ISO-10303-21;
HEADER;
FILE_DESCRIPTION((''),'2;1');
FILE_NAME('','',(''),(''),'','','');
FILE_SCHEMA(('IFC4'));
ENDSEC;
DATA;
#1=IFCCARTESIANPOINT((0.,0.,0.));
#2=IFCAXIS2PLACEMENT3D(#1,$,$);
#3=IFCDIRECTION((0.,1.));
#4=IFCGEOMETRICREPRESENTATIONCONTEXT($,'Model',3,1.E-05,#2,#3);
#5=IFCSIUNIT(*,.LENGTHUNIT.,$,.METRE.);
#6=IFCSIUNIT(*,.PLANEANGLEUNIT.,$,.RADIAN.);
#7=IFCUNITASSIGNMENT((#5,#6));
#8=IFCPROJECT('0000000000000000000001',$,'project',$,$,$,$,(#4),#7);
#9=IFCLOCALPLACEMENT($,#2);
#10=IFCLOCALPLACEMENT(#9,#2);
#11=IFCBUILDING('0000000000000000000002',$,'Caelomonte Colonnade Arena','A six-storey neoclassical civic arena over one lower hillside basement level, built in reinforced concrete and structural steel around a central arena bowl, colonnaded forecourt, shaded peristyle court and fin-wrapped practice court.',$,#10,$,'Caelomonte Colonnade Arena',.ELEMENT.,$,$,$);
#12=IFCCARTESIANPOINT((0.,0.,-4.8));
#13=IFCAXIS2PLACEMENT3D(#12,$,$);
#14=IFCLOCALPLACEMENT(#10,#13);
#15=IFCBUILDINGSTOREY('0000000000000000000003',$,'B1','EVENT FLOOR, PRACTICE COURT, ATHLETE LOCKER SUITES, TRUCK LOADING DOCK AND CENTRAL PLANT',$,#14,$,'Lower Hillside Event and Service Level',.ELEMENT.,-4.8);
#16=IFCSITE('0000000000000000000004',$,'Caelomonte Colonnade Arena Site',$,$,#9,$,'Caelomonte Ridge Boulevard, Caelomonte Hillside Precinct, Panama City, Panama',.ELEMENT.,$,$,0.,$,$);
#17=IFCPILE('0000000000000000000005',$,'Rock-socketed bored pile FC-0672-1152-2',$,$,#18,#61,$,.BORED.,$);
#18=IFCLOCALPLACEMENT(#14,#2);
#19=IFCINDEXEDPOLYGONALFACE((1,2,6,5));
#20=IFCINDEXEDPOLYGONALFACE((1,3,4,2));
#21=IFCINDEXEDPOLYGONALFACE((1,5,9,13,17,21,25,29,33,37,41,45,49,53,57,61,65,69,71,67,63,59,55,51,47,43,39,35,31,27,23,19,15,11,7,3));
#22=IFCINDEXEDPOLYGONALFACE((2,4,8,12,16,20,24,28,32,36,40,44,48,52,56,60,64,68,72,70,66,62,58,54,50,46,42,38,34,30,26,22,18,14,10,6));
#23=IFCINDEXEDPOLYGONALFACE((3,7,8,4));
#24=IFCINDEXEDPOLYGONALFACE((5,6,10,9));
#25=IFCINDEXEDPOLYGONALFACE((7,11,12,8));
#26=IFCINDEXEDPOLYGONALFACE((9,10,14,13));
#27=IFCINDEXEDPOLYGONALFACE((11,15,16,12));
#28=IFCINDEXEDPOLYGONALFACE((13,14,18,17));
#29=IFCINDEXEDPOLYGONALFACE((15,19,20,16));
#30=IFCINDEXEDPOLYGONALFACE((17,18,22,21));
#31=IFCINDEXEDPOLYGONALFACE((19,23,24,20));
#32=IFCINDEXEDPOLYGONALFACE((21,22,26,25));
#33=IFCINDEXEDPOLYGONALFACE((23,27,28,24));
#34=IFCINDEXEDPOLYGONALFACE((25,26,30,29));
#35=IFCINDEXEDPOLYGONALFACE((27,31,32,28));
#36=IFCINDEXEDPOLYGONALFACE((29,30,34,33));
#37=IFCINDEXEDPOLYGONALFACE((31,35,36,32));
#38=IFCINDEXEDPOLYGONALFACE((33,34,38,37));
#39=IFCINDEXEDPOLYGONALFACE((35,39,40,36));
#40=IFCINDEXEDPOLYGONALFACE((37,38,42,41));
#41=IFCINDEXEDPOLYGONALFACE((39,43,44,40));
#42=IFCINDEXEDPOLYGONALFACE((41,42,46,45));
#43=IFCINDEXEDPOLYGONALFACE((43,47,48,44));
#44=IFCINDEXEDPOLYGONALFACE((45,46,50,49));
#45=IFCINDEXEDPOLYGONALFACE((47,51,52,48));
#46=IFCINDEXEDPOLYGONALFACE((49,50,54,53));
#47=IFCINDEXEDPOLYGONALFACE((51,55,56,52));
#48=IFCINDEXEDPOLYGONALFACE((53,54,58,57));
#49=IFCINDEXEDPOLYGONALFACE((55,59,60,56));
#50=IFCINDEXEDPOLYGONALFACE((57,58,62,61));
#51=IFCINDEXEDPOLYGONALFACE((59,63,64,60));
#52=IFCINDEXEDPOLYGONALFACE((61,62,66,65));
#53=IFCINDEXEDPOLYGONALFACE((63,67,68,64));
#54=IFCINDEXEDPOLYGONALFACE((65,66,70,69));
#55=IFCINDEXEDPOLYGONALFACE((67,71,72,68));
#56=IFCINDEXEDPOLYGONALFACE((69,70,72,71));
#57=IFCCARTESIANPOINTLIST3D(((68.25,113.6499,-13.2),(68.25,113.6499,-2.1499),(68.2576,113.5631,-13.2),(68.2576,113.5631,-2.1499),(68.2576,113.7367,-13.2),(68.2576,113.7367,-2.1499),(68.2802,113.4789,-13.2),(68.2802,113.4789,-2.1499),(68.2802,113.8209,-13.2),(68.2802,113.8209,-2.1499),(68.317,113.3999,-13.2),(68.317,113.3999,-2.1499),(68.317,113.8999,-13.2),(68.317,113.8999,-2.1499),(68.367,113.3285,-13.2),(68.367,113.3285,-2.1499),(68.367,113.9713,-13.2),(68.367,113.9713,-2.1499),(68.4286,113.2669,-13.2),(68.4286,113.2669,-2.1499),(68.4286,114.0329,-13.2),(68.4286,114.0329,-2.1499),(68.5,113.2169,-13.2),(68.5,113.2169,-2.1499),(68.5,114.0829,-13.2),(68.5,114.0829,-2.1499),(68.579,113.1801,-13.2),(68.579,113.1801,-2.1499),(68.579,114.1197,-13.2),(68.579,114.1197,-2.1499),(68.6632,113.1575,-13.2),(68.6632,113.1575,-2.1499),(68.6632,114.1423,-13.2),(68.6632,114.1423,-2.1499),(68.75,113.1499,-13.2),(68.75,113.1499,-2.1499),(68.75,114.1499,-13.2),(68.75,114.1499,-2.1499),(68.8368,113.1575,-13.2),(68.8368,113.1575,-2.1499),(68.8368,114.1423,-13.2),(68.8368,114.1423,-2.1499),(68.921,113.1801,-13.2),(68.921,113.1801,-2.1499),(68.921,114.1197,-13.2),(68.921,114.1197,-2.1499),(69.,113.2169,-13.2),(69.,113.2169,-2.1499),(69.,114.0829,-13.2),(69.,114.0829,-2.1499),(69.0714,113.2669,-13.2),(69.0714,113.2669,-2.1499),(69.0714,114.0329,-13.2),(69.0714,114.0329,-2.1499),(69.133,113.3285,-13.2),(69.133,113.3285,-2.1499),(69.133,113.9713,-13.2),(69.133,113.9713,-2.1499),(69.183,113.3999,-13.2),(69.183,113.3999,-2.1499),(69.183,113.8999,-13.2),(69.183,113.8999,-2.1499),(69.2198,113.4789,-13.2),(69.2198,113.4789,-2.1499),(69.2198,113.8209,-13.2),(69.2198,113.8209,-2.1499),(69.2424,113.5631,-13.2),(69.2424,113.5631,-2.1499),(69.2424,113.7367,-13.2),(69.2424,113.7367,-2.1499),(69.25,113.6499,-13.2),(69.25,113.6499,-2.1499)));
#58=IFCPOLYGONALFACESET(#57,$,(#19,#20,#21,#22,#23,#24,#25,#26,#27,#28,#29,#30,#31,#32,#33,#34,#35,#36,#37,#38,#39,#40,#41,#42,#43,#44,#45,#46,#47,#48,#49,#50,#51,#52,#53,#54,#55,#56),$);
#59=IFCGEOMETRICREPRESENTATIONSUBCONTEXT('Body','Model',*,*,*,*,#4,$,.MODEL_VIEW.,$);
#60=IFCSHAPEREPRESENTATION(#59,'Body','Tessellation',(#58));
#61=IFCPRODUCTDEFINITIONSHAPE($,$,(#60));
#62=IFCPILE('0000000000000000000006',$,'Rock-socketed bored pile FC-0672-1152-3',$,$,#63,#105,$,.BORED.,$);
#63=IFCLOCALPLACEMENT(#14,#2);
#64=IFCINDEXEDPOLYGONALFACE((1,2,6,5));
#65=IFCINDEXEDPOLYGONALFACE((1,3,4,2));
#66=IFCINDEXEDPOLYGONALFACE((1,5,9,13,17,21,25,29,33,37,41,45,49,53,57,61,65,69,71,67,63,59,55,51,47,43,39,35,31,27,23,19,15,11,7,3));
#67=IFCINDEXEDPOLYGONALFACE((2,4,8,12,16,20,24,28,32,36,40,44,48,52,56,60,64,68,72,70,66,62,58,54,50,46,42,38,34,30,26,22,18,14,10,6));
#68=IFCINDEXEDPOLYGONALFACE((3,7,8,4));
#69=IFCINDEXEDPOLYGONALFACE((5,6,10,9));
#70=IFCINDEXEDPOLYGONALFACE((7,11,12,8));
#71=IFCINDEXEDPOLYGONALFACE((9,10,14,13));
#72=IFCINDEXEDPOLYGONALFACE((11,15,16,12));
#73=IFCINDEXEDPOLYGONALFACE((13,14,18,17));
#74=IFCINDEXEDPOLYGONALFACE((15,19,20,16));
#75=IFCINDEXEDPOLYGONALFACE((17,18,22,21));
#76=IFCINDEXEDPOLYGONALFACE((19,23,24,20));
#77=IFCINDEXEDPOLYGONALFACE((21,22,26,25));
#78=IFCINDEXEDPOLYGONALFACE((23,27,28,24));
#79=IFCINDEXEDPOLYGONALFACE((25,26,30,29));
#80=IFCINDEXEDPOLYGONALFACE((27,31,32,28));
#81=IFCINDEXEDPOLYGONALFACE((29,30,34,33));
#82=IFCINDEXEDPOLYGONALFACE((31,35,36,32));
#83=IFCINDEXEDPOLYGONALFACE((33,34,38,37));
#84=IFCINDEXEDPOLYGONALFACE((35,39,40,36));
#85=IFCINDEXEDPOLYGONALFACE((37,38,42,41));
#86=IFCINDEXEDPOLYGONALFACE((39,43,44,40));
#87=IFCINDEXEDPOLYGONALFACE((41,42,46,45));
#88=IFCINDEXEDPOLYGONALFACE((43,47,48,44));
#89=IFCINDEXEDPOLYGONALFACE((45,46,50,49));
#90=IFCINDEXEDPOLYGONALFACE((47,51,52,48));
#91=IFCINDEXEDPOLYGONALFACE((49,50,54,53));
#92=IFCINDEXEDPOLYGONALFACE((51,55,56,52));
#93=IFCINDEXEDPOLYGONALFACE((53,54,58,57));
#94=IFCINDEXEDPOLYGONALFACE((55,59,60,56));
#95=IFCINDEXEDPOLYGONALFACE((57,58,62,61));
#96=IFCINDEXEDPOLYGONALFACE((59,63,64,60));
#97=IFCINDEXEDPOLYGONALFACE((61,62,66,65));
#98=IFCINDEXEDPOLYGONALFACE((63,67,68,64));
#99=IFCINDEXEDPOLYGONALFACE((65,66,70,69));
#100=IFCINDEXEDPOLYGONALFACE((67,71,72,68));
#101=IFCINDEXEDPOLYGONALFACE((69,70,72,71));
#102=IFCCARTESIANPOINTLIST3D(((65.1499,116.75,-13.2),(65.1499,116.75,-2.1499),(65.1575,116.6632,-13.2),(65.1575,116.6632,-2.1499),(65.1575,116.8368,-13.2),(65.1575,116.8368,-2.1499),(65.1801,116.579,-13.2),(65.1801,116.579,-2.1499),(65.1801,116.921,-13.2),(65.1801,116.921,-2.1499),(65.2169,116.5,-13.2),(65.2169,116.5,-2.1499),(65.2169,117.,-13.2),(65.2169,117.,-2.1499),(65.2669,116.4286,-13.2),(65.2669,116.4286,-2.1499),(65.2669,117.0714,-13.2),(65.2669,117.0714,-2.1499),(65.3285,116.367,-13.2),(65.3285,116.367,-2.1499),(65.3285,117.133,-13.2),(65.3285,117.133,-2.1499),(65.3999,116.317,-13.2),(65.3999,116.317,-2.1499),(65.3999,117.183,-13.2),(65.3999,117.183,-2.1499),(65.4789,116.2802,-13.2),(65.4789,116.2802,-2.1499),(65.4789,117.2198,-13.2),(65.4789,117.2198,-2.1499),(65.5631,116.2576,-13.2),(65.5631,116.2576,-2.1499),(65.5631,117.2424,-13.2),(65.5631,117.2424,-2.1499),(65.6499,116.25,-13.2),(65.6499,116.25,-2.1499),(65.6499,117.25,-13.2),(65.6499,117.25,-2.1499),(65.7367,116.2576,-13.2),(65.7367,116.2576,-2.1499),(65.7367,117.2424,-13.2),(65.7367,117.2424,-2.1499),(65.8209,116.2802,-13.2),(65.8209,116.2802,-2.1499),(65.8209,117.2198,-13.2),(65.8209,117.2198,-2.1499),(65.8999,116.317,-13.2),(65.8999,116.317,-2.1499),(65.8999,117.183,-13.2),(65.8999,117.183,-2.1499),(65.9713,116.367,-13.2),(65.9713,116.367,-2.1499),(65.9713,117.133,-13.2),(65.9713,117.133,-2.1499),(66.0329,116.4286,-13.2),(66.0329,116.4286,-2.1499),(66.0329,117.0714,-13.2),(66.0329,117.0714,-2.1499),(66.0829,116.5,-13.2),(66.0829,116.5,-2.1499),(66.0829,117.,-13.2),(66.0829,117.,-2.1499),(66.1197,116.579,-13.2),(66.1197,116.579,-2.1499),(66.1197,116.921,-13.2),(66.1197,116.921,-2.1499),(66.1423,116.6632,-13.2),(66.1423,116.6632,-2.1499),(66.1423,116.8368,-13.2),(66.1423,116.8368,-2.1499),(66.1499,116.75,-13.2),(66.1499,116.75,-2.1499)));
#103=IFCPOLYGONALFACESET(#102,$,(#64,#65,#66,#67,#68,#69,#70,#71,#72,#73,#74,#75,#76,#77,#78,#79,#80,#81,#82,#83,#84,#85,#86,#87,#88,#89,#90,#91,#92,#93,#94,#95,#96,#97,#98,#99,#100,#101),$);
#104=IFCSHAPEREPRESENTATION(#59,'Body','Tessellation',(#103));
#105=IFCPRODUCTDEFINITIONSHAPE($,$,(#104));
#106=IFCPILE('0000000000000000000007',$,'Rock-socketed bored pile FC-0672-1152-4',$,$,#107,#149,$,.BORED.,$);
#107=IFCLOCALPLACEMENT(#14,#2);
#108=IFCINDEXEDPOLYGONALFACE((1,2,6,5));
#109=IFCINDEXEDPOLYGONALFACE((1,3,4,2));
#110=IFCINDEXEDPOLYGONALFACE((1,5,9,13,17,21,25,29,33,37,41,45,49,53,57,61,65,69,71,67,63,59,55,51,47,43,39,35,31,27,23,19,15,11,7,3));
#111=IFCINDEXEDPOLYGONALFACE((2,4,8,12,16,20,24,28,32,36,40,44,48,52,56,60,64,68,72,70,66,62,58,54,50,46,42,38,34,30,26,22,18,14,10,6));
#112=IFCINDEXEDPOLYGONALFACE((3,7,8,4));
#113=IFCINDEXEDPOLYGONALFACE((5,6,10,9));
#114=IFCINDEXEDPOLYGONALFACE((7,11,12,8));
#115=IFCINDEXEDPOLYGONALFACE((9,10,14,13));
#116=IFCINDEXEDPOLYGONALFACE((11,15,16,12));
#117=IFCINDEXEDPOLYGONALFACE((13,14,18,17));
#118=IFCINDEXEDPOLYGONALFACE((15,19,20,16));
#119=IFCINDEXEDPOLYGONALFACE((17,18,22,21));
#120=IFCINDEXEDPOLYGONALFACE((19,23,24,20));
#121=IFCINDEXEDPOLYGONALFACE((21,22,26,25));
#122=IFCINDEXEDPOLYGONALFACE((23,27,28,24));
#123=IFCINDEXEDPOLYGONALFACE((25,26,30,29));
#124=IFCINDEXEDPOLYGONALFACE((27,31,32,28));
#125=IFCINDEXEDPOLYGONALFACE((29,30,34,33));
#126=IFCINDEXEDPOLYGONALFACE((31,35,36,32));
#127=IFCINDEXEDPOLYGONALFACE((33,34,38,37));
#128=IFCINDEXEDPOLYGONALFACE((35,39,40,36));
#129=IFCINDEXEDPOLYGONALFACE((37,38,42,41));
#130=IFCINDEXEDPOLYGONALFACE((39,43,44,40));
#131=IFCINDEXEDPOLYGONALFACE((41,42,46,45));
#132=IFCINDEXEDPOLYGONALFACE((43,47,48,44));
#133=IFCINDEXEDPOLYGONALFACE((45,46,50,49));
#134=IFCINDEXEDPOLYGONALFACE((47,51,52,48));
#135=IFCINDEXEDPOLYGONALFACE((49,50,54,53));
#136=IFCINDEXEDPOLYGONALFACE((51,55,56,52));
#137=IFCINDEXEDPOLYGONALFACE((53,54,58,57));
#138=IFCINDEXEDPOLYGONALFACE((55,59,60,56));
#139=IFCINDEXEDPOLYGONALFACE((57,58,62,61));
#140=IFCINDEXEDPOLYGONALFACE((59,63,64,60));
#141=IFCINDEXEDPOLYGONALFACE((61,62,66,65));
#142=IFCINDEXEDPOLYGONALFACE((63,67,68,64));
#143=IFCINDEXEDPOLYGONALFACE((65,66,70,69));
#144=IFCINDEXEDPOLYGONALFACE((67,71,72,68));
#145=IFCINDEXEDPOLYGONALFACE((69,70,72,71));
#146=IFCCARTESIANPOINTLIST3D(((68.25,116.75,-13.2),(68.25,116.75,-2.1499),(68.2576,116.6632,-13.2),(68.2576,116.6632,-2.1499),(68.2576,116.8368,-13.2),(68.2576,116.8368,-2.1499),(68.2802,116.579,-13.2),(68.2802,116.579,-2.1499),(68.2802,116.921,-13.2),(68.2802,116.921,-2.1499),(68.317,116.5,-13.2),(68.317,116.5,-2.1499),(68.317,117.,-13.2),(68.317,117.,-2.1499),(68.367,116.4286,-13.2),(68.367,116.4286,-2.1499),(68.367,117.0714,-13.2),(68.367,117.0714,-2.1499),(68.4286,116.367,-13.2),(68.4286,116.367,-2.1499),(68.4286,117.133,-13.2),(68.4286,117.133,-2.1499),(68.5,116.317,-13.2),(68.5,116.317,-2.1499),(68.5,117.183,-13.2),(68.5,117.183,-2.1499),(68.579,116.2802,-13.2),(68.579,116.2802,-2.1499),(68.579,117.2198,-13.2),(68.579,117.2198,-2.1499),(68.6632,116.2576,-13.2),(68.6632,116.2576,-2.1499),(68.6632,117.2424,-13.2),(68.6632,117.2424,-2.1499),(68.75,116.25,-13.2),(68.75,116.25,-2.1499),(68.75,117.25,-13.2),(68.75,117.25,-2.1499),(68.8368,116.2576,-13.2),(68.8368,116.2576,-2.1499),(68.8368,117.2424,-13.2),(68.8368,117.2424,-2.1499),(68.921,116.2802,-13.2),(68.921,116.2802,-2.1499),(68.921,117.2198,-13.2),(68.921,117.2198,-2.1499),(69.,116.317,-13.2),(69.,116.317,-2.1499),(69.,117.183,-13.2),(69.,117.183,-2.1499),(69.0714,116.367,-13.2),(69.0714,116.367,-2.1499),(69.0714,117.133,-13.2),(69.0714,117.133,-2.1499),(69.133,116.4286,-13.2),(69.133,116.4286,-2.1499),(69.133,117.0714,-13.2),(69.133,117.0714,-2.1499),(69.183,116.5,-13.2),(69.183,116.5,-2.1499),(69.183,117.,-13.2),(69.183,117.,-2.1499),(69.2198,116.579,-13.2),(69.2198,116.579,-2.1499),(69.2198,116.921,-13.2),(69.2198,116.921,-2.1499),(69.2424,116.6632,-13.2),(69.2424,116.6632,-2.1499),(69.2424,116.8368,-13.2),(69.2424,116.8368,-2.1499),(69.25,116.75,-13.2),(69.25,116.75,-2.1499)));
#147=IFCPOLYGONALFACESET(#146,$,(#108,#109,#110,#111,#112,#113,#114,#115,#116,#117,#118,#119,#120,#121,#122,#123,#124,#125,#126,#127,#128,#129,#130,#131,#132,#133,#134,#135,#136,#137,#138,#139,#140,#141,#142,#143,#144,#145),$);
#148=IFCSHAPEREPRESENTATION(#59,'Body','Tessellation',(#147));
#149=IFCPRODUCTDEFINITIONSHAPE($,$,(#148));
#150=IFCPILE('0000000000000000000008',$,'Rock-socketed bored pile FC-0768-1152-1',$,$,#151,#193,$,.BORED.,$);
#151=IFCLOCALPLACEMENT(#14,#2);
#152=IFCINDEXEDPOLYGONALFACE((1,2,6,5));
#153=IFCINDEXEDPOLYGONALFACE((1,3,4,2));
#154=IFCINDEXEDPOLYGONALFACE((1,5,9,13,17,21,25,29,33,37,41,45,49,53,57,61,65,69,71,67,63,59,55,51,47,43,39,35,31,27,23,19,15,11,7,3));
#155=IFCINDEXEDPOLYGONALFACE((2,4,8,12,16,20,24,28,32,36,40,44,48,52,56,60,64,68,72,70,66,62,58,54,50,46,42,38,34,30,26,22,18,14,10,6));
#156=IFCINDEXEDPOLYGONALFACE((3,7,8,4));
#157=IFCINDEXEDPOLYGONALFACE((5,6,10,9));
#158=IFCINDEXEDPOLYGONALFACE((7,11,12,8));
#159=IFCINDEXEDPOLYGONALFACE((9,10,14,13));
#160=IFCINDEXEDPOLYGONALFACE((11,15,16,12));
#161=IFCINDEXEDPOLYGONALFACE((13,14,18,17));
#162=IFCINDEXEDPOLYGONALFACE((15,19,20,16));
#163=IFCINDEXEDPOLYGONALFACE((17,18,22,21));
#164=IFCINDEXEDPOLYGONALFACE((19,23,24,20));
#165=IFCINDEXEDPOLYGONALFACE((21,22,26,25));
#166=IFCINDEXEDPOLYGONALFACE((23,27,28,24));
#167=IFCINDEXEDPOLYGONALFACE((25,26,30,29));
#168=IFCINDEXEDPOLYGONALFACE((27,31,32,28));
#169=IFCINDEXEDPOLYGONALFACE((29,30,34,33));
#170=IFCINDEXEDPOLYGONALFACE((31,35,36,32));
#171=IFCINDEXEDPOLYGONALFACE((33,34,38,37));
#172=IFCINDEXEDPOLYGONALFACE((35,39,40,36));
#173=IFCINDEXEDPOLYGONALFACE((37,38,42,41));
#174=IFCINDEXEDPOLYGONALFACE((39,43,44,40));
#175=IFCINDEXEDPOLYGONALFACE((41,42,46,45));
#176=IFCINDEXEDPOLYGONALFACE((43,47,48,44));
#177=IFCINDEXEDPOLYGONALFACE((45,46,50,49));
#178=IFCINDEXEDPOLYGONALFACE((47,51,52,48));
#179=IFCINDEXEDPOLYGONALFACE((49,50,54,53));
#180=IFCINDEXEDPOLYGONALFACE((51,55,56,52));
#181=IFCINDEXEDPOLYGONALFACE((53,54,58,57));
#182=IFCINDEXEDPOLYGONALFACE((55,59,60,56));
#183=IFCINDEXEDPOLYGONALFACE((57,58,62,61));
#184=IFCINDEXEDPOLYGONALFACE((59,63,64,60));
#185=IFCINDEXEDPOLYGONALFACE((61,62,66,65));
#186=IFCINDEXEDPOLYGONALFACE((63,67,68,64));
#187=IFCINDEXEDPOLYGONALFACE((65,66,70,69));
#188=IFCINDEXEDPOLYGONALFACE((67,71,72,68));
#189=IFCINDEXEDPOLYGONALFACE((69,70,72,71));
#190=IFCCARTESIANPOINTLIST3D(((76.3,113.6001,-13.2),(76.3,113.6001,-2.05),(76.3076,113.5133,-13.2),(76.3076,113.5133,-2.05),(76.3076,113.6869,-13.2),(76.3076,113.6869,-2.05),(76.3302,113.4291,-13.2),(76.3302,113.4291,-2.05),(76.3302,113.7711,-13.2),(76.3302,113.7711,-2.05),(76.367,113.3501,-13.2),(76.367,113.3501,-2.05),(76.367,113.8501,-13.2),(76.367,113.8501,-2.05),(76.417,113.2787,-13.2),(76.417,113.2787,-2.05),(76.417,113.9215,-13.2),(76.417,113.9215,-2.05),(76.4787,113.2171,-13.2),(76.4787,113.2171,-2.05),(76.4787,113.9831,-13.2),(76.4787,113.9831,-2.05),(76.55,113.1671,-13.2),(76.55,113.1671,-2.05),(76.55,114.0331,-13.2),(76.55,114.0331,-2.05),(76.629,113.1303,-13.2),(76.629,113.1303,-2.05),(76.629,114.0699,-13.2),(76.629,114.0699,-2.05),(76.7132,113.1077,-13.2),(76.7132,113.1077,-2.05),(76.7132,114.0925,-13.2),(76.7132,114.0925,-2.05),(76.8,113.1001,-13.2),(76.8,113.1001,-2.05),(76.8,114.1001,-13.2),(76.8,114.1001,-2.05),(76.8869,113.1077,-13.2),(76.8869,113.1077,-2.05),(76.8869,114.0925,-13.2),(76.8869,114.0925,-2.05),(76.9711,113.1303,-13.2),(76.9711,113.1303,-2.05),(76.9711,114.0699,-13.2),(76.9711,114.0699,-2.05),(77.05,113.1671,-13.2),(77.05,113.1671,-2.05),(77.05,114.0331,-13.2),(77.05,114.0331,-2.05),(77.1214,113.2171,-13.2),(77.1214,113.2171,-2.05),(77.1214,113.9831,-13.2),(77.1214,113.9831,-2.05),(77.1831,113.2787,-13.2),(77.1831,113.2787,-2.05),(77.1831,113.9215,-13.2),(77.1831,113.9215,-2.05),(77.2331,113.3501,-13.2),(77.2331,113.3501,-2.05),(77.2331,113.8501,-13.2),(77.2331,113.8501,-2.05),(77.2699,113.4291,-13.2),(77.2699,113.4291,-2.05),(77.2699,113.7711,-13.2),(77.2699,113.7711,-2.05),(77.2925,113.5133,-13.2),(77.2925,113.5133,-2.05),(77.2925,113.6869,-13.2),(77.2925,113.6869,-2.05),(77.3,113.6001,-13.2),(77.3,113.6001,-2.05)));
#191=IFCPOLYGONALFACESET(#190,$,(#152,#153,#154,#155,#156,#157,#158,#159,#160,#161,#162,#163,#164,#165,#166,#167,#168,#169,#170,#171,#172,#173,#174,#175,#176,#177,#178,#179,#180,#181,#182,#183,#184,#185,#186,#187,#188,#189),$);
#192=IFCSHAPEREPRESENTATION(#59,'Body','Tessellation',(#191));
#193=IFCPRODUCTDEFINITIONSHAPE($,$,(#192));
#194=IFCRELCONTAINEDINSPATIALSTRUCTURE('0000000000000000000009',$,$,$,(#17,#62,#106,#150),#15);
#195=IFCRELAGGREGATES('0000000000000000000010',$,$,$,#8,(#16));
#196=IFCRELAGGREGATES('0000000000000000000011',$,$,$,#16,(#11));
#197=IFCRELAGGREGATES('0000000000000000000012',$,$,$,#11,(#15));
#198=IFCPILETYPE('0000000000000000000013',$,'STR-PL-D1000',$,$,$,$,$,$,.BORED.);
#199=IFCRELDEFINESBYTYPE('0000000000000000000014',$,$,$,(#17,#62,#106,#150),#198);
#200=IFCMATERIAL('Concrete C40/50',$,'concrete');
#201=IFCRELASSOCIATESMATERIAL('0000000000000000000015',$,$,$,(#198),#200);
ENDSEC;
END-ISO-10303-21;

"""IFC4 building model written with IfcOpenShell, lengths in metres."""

from ifc_helpers import new_model, si_unit, direction, frame, origin, origin_2d, place, context, subcontext, project, spatial, circle, extrude, material, material_profile, profile_set, type_object, element, save


model = new_model("IFC4")

# Units and contexts
model_context = context("Model", 3, precision=1e-05, world=origin(), true_north=direction((0.0, 1.0)))
body_context = subcontext(model_context, "Body", "Model", "MODEL_VIEW")
ifc_project = project(units=[si_unit("LENGTHUNIT", "METRE"), si_unit("PLANEANGLEUNIT", "RADIAN")], contexts=[model_context])

# Site, building, storey
site_placement = place(None, origin())
site = spatial("IfcSite", under=ifc_project, at=site_placement, Name="Caelomonte Colonnade Arena Site", LongName="Caelomonte Ridge Boulevard, Caelomonte Hillside Precinct, Panama City, Panama", CompositionType="ELEMENT", RefElevation=0.0)
building_placement = place(site_placement, origin())
building = spatial("IfcBuilding", under=site, at=building_placement, Name="Caelomonte Colonnade Arena", Description="A six-storey neoclassical civic arena over one lower hillside basement level, built in reinforced concrete and structural steel around a central arena bowl, colonnaded forecourt, shaded peristyle court and fin-wrapped practice court.", LongName="Caelomonte Colonnade Arena", CompositionType="ELEMENT")
storey_placement = place(building_placement, frame((0.0, 0.0, -4.8)))
storey = spatial("IfcBuildingStorey", under=building, at=storey_placement, Name="B1", Description="EVENT FLOOR, PRACTICE COURT, ATHLETE LOCKER SUITES, TRUCK LOADING DOCK AND CENTRAL PLANT", LongName="Lower Hillside Event and Service Level", CompositionType="ELEMENT", Elevation=-4.8)

# Shared definitions
ifc_material_1 = material(Name="Concrete C40/50", Category="concrete")

# Piles
ifc_material_profile_1 = material_profile(ifc_material_1, circle(Radius=0.5, at=origin_2d()), Name="PILE-D1000")
ifc_profile_set_1 = profile_set([ifc_material_profile_1], Name="Concrete C40/50")
pile_type = type_object("IfcPileType", Name="STR-PL-D1000", PredefinedType="BORED", material=ifc_profile_set_1)
for number, where, z_axis, x_axis, name in (
    (1, (68.75, 113.6499, -2.1499), (0.0, 0.0, -1.0), (1.0, 0.0, 0.0), "Rock-socketed bored pile FC-0672-1152-2"),
    (2, (65.6499, 116.75, -2.1499), (0.0, 0.0, -1.0), (1.0, 0.0, 0.0), "Rock-socketed bored pile FC-0672-1152-3"),
    (3, (68.75, 116.75, -2.1499), (0.0, 0.0, -1.0), (1.0, 0.0, 0.0), "Rock-socketed bored pile FC-0672-1152-4"),
):
    element("IfcPile", number, at=place(storey_placement, frame(where, z_axis=z_axis, x_axis=x_axis)), inside=storey, type_object=pile_type, Name=name, PredefinedType="BORED", context=body_context, shape_type="SweptSolid", body=[
        extrude(circle(Radius=0.5, at=origin_2d()), origin(), (0.0, 0.0, 1.0), 11.05),
    ])
for number, where, z_axis, x_axis, name in (
    (4, (76.8, 113.6001, -2.05), (0.0, 0.0, -1.0), (1.0, 0.0, 0.0), "Rock-socketed bored pile FC-0768-1152-1"),
):
    element("IfcPile", number, at=place(storey_placement, frame(where, z_axis=z_axis, x_axis=x_axis)), inside=storey, type_object=pile_type, Name=name, PredefinedType="BORED", context=body_context, shape_type="SweptSolid", body=[
        extrude(circle(Radius=0.5, at=origin_2d()), origin(), (0.0, 0.0, 1.0), 11.1499),
    ])

save(model, "model.ifc")
